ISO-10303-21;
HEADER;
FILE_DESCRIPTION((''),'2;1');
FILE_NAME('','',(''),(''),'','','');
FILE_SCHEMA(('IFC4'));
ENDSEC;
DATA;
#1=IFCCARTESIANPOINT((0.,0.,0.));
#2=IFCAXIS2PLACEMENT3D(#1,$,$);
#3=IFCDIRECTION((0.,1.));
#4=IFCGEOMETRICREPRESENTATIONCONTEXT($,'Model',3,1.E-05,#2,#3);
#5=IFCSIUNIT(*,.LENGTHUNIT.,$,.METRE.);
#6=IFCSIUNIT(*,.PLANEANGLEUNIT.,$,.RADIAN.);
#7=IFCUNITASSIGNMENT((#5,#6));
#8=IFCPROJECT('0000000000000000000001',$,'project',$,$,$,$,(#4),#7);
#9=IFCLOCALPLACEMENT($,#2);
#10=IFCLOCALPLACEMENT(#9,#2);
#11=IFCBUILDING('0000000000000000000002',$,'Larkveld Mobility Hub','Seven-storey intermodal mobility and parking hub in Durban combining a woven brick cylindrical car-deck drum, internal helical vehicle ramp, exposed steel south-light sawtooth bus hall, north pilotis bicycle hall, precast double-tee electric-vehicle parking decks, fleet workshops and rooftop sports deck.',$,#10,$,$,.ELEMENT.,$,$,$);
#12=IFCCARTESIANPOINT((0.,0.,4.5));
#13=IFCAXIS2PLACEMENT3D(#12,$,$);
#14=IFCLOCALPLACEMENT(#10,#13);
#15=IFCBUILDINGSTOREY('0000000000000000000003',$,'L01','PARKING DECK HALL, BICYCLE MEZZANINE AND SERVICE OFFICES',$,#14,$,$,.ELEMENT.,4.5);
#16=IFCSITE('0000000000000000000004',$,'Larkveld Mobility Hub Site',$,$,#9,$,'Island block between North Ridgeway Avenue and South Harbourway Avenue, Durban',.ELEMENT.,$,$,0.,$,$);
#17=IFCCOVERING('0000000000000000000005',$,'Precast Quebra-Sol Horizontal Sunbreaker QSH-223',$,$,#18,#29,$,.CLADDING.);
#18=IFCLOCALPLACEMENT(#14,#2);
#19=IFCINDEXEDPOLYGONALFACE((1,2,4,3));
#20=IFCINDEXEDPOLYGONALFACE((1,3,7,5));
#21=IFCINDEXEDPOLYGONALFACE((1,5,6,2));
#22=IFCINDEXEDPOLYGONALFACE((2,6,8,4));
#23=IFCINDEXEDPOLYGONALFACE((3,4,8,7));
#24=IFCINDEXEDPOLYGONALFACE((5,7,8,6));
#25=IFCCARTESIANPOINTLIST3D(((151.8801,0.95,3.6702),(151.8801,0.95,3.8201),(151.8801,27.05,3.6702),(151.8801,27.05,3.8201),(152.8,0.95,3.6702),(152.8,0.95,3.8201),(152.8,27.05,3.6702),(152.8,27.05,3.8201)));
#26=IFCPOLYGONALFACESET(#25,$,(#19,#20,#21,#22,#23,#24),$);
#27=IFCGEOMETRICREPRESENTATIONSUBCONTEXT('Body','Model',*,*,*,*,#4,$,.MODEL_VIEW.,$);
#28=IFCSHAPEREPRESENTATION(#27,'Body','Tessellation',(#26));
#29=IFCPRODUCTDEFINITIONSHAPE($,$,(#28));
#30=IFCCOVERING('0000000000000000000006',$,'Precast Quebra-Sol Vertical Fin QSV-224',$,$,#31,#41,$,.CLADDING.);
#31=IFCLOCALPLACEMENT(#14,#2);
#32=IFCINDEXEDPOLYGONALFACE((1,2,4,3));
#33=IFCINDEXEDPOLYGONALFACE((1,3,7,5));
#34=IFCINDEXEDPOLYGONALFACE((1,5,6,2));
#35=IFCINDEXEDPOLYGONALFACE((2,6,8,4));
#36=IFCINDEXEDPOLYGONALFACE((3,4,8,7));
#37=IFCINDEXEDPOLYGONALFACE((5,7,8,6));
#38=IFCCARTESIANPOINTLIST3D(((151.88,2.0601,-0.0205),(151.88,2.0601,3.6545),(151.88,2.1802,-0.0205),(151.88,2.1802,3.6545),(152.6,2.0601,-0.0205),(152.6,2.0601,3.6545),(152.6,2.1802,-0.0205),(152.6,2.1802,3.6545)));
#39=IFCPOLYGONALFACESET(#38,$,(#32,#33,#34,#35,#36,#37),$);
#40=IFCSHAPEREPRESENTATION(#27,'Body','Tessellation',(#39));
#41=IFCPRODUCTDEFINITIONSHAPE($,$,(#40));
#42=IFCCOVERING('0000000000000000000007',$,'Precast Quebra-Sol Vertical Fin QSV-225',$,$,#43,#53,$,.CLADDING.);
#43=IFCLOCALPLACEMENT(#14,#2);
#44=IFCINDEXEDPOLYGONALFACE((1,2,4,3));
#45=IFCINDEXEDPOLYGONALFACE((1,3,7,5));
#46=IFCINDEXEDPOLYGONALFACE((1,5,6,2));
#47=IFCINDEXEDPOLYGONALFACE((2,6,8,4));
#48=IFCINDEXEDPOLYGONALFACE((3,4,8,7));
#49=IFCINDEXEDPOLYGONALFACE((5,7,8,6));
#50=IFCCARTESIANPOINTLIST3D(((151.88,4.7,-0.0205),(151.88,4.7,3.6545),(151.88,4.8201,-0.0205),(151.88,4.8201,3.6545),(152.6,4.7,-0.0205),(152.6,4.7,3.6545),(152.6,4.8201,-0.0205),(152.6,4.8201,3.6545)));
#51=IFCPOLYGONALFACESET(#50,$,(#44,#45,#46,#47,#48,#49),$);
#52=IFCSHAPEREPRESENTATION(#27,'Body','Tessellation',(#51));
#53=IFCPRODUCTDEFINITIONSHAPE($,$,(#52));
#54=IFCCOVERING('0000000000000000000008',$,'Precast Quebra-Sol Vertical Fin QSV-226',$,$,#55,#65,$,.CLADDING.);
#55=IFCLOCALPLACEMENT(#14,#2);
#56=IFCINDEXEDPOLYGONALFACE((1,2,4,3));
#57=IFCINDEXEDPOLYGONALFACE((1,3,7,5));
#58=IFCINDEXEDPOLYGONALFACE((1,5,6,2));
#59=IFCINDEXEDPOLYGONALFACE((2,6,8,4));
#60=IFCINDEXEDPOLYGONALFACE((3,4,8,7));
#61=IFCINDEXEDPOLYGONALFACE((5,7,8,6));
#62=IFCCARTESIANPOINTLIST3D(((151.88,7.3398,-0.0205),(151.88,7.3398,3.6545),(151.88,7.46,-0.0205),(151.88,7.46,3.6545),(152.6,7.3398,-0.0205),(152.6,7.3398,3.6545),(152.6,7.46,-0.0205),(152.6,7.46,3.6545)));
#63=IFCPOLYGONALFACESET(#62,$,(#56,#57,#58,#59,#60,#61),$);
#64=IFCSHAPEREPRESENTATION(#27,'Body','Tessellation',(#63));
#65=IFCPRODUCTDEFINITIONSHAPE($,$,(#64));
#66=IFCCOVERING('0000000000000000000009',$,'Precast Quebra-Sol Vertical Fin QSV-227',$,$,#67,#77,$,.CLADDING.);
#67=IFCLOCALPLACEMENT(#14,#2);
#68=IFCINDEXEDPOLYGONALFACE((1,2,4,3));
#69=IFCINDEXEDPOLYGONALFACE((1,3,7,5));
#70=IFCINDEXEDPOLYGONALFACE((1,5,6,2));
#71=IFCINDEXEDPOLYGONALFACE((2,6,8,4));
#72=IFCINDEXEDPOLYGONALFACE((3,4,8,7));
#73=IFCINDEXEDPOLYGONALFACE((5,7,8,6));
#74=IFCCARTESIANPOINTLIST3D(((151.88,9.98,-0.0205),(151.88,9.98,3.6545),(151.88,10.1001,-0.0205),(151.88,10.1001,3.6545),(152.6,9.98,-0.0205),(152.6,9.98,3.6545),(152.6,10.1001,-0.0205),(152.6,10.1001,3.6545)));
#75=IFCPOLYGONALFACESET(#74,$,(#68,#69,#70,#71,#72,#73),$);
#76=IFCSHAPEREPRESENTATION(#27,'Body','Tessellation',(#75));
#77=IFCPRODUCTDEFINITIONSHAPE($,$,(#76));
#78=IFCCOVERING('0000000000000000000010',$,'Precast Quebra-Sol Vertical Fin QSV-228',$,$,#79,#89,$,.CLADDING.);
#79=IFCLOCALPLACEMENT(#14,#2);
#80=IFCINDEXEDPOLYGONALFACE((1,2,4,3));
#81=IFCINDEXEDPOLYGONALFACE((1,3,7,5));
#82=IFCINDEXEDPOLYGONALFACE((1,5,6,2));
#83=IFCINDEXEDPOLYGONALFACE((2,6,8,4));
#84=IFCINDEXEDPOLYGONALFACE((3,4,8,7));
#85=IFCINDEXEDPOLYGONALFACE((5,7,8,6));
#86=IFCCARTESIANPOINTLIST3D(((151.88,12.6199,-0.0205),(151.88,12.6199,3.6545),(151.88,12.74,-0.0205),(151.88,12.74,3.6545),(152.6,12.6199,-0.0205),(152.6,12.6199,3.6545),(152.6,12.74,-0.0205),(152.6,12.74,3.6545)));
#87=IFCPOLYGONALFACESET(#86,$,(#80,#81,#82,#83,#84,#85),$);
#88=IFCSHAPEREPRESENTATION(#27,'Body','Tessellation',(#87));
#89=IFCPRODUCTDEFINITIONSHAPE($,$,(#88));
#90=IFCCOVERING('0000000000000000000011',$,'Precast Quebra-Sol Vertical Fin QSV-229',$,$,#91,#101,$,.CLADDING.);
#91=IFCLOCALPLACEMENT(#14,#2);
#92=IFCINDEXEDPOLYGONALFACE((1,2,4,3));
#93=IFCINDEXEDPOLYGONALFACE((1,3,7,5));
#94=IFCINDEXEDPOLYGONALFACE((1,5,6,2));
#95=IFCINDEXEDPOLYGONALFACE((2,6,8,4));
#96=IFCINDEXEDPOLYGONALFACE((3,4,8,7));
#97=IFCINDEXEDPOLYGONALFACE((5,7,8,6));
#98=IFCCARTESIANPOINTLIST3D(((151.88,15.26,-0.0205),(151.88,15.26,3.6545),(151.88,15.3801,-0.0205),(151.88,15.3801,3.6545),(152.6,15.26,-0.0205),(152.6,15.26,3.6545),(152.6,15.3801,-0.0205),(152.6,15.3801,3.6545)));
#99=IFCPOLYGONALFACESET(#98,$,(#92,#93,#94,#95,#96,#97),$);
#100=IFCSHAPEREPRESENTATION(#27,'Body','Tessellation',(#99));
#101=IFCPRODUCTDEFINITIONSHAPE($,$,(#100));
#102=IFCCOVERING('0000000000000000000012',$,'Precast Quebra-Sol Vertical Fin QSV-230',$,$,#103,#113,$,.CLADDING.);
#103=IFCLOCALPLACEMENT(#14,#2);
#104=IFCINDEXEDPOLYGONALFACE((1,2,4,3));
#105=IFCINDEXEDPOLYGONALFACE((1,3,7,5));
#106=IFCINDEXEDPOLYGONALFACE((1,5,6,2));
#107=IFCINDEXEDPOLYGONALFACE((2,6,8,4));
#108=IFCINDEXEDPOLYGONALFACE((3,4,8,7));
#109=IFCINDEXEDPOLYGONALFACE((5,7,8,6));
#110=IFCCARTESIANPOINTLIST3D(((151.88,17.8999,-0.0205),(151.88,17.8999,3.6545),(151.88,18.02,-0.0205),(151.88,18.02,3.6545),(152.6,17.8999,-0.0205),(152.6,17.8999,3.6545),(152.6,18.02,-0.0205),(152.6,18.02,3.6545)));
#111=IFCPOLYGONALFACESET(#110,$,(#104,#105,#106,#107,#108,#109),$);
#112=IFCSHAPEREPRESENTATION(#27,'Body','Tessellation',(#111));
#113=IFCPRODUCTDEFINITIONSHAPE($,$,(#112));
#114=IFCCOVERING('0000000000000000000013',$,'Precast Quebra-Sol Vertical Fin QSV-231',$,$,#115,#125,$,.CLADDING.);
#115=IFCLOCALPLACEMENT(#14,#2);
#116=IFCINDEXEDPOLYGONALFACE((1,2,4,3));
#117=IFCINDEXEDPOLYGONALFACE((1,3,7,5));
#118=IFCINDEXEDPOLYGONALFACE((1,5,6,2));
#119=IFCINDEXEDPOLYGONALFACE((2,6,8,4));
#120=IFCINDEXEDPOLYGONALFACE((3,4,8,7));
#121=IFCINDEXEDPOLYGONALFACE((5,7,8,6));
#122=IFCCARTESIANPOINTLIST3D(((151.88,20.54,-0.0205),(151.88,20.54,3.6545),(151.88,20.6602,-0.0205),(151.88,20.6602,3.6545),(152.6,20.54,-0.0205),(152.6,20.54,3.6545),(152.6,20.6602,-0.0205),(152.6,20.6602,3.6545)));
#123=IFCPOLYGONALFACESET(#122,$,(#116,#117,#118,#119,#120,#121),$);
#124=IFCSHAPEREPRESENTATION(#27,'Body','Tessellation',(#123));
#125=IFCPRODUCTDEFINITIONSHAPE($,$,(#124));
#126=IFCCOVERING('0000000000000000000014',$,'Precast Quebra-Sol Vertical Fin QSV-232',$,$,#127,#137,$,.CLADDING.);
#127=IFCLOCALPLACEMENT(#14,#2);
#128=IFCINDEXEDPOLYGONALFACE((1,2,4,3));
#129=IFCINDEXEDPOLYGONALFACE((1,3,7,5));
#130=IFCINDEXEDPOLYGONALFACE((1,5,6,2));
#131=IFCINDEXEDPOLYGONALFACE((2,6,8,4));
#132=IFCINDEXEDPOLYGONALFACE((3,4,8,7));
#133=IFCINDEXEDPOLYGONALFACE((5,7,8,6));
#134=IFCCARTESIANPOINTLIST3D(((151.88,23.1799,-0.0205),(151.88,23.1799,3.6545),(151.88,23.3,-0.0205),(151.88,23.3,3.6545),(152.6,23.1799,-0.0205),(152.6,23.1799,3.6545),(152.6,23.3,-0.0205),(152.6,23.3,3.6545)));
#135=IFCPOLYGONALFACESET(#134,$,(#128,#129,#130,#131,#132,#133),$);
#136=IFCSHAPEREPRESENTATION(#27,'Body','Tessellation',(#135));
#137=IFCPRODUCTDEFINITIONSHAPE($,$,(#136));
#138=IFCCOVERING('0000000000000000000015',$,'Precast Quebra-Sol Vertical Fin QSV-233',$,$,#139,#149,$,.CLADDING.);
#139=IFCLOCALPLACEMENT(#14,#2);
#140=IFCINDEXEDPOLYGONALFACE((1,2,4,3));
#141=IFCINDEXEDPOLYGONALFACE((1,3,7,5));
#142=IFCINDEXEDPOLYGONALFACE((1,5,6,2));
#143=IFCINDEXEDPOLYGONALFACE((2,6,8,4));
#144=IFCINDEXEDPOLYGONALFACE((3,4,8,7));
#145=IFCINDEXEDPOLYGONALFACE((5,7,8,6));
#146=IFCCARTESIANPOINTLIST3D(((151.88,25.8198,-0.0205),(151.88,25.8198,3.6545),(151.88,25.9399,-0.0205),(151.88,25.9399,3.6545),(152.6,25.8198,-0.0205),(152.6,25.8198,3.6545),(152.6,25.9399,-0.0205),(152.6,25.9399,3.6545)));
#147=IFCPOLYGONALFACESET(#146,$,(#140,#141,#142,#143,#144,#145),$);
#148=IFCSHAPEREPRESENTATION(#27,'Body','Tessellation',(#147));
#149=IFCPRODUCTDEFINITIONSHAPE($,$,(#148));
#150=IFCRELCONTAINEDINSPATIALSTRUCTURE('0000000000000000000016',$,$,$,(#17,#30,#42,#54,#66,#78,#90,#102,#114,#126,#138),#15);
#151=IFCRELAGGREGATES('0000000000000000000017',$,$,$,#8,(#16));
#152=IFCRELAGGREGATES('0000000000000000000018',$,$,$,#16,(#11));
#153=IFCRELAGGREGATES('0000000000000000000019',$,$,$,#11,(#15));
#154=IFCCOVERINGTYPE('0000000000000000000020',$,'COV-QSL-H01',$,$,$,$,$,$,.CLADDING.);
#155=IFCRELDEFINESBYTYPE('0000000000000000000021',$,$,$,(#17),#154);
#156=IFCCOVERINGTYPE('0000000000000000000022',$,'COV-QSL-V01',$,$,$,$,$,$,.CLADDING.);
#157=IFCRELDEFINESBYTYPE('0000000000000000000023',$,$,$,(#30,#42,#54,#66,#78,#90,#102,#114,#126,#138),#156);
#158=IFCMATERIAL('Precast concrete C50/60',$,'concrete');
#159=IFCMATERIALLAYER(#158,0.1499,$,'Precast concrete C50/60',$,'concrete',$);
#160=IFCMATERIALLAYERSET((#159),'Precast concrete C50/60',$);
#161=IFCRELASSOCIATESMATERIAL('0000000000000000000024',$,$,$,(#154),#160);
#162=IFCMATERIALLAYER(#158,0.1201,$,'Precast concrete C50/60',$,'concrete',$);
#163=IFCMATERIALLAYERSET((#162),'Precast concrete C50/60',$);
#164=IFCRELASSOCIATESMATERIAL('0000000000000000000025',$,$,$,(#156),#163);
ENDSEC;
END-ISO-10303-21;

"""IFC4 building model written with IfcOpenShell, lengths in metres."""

from ifc_helpers import new_model, si_unit, direction, frame, origin, origin_2d, place, context, subcontext, project, spatial, rectangle, extrude, material, layer, layer_set, type_object, element, save


model = new_model("IFC4")

# Units and contexts
model_context = context("Model", 3, precision=1e-05, world=origin(), true_north=direction((0.0, 1.0)))
body_context = subcontext(model_context, "Body", "Model", "MODEL_VIEW")
ifc_project = project(units=[si_unit("LENGTHUNIT", "METRE"), si_unit("PLANEANGLEUNIT", "RADIAN")], contexts=[model_context])

# Site, building, storey
site_placement = place(None, origin())
site = spatial("IfcSite", under=ifc_project, at=site_placement, Name="Larkveld Mobility Hub Site", LongName="Island block between North Ridgeway Avenue and South Harbourway Avenue, Durban", CompositionType="ELEMENT", RefElevation=0.0)
building_placement = place(site_placement, origin())
building = spatial("IfcBuilding", under=site, at=building_placement, Name="Larkveld Mobility Hub", Description="Seven-storey intermodal mobility and parking hub in Durban combining a woven brick cylindrical car-deck drum, internal helical vehicle ramp, exposed steel south-light sawtooth bus hall, north pilotis bicycle hall, precast double-tee electric-vehicle parking decks, fleet workshops and rooftop sports deck.", CompositionType="ELEMENT")
storey_placement = place(building_placement, frame((0.0, 0.0, 4.5)))
storey = spatial("IfcBuildingStorey", under=building, at=storey_placement, Name="L01", Description="PARKING DECK HALL, BICYCLE MEZZANINE AND SERVICE OFFICES", CompositionType="ELEMENT", Elevation=4.5)

# Shared definitions
ifc_material_1 = material(Name="Precast concrete C50/60", Category="concrete")

# Coverings
ifc_layer_1 = layer(ifc_material_1, 0.1499, Name="Precast concrete C50/60", Category="concrete")
ifc_layer_set_1 = layer_set([ifc_layer_1], Name="Precast concrete C50/60")
covering_type_1 = type_object("IfcCoveringType", Name="COV-QSL-H01", PredefinedType="CLADDING", material=ifc_layer_set_1)
covering_placement = place(storey_placement, frame((152.3401, 14.0, 3.6702), z_axis=(0.0, 0.0, 1.0), x_axis=(0.0, 1.0, 0.0)))
element("IfcCovering", 1, at=covering_placement, inside=storey, type_object=covering_type_1, Name="Precast Quebra-Sol Horizontal Sunbreaker QSH-223", PredefinedType="CLADDING", context=body_context, shape_type="SweptSolid", body=[
    extrude(rectangle(XDim=26.1001, YDim=0.9199, at=origin_2d()), origin(), (0.0, 0.0, 1.0), 0.1499),
])
ifc_layer_2 = layer(ifc_material_1, 0.1201, Name="Precast concrete C50/60", Category="concrete")
ifc_layer_set_2 = layer_set([ifc_layer_2], Name="Precast concrete C50/60")
covering_type_2 = type_object("IfcCoveringType", Name="COV-QSL-V01", PredefinedType="CLADDING", material=ifc_layer_set_2)
for number, where, z_axis, x_axis, name in (
    (2, (152.24, 2.1201, -0.0205), (0.0, 0.0, 1.0), (0.0, 1.0, 0.0), "Precast Quebra-Sol Vertical Fin QSV-224"),
    (3, (152.24, 4.76, -0.0205), (0.0, 0.0, 1.0), (0.0, 1.0, 0.0), "Precast Quebra-Sol Vertical Fin QSV-225"),
    (4, (152.24, 7.3999, -0.0205), (0.0, 0.0, 1.0), (0.0, 1.0, 0.0), "Precast Quebra-Sol Vertical Fin QSV-226"),
    (5, (152.24, 10.04, -0.0205), (0.0, 0.0, 1.0), (0.0, 1.0, 0.0), "Precast Quebra-Sol Vertical Fin QSV-227"),
    (6, (152.24, 12.6799, -0.0205), (0.0, 0.0, 1.0), (0.0, 1.0, 0.0), "Precast Quebra-Sol Vertical Fin QSV-228"),
    (7, (152.24, 15.3201, -0.0205), (0.0, 0.0, 1.0), (0.0, 1.0, 0.0), "Precast Quebra-Sol Vertical Fin QSV-229"),
    (8, (152.24, 17.96, -0.0205), (0.0, 0.0, 1.0), (0.0, 1.0, 0.0), "Precast Quebra-Sol Vertical Fin QSV-230"),
    (9, (152.24, 20.6001, -0.0205), (0.0, 0.0, 1.0), (0.0, 1.0, 0.0), "Precast Quebra-Sol Vertical Fin QSV-231"),
    (10, (152.24, 23.24, -0.0205), (0.0, 0.0, 1.0), (0.0, 1.0, 0.0), "Precast Quebra-Sol Vertical Fin QSV-232"),
    (11, (152.24, 25.8799, -0.0205), (0.0, 0.0, 1.0), (0.0, 1.0, 0.0), "Precast Quebra-Sol Vertical Fin QSV-233"),
):
    element("IfcCovering", number, at=place(storey_placement, frame(where, z_axis=z_axis, x_axis=x_axis)), inside=storey, type_object=covering_type_2, Name=name, PredefinedType="CLADDING", context=body_context, shape_type="SweptSolid", body=[
        extrude(rectangle(XDim=0.1201, YDim=0.72, at=origin_2d()), origin(), (0.0, 0.0, 1.0), 3.675),
    ])

save(model, "model.ifc")
